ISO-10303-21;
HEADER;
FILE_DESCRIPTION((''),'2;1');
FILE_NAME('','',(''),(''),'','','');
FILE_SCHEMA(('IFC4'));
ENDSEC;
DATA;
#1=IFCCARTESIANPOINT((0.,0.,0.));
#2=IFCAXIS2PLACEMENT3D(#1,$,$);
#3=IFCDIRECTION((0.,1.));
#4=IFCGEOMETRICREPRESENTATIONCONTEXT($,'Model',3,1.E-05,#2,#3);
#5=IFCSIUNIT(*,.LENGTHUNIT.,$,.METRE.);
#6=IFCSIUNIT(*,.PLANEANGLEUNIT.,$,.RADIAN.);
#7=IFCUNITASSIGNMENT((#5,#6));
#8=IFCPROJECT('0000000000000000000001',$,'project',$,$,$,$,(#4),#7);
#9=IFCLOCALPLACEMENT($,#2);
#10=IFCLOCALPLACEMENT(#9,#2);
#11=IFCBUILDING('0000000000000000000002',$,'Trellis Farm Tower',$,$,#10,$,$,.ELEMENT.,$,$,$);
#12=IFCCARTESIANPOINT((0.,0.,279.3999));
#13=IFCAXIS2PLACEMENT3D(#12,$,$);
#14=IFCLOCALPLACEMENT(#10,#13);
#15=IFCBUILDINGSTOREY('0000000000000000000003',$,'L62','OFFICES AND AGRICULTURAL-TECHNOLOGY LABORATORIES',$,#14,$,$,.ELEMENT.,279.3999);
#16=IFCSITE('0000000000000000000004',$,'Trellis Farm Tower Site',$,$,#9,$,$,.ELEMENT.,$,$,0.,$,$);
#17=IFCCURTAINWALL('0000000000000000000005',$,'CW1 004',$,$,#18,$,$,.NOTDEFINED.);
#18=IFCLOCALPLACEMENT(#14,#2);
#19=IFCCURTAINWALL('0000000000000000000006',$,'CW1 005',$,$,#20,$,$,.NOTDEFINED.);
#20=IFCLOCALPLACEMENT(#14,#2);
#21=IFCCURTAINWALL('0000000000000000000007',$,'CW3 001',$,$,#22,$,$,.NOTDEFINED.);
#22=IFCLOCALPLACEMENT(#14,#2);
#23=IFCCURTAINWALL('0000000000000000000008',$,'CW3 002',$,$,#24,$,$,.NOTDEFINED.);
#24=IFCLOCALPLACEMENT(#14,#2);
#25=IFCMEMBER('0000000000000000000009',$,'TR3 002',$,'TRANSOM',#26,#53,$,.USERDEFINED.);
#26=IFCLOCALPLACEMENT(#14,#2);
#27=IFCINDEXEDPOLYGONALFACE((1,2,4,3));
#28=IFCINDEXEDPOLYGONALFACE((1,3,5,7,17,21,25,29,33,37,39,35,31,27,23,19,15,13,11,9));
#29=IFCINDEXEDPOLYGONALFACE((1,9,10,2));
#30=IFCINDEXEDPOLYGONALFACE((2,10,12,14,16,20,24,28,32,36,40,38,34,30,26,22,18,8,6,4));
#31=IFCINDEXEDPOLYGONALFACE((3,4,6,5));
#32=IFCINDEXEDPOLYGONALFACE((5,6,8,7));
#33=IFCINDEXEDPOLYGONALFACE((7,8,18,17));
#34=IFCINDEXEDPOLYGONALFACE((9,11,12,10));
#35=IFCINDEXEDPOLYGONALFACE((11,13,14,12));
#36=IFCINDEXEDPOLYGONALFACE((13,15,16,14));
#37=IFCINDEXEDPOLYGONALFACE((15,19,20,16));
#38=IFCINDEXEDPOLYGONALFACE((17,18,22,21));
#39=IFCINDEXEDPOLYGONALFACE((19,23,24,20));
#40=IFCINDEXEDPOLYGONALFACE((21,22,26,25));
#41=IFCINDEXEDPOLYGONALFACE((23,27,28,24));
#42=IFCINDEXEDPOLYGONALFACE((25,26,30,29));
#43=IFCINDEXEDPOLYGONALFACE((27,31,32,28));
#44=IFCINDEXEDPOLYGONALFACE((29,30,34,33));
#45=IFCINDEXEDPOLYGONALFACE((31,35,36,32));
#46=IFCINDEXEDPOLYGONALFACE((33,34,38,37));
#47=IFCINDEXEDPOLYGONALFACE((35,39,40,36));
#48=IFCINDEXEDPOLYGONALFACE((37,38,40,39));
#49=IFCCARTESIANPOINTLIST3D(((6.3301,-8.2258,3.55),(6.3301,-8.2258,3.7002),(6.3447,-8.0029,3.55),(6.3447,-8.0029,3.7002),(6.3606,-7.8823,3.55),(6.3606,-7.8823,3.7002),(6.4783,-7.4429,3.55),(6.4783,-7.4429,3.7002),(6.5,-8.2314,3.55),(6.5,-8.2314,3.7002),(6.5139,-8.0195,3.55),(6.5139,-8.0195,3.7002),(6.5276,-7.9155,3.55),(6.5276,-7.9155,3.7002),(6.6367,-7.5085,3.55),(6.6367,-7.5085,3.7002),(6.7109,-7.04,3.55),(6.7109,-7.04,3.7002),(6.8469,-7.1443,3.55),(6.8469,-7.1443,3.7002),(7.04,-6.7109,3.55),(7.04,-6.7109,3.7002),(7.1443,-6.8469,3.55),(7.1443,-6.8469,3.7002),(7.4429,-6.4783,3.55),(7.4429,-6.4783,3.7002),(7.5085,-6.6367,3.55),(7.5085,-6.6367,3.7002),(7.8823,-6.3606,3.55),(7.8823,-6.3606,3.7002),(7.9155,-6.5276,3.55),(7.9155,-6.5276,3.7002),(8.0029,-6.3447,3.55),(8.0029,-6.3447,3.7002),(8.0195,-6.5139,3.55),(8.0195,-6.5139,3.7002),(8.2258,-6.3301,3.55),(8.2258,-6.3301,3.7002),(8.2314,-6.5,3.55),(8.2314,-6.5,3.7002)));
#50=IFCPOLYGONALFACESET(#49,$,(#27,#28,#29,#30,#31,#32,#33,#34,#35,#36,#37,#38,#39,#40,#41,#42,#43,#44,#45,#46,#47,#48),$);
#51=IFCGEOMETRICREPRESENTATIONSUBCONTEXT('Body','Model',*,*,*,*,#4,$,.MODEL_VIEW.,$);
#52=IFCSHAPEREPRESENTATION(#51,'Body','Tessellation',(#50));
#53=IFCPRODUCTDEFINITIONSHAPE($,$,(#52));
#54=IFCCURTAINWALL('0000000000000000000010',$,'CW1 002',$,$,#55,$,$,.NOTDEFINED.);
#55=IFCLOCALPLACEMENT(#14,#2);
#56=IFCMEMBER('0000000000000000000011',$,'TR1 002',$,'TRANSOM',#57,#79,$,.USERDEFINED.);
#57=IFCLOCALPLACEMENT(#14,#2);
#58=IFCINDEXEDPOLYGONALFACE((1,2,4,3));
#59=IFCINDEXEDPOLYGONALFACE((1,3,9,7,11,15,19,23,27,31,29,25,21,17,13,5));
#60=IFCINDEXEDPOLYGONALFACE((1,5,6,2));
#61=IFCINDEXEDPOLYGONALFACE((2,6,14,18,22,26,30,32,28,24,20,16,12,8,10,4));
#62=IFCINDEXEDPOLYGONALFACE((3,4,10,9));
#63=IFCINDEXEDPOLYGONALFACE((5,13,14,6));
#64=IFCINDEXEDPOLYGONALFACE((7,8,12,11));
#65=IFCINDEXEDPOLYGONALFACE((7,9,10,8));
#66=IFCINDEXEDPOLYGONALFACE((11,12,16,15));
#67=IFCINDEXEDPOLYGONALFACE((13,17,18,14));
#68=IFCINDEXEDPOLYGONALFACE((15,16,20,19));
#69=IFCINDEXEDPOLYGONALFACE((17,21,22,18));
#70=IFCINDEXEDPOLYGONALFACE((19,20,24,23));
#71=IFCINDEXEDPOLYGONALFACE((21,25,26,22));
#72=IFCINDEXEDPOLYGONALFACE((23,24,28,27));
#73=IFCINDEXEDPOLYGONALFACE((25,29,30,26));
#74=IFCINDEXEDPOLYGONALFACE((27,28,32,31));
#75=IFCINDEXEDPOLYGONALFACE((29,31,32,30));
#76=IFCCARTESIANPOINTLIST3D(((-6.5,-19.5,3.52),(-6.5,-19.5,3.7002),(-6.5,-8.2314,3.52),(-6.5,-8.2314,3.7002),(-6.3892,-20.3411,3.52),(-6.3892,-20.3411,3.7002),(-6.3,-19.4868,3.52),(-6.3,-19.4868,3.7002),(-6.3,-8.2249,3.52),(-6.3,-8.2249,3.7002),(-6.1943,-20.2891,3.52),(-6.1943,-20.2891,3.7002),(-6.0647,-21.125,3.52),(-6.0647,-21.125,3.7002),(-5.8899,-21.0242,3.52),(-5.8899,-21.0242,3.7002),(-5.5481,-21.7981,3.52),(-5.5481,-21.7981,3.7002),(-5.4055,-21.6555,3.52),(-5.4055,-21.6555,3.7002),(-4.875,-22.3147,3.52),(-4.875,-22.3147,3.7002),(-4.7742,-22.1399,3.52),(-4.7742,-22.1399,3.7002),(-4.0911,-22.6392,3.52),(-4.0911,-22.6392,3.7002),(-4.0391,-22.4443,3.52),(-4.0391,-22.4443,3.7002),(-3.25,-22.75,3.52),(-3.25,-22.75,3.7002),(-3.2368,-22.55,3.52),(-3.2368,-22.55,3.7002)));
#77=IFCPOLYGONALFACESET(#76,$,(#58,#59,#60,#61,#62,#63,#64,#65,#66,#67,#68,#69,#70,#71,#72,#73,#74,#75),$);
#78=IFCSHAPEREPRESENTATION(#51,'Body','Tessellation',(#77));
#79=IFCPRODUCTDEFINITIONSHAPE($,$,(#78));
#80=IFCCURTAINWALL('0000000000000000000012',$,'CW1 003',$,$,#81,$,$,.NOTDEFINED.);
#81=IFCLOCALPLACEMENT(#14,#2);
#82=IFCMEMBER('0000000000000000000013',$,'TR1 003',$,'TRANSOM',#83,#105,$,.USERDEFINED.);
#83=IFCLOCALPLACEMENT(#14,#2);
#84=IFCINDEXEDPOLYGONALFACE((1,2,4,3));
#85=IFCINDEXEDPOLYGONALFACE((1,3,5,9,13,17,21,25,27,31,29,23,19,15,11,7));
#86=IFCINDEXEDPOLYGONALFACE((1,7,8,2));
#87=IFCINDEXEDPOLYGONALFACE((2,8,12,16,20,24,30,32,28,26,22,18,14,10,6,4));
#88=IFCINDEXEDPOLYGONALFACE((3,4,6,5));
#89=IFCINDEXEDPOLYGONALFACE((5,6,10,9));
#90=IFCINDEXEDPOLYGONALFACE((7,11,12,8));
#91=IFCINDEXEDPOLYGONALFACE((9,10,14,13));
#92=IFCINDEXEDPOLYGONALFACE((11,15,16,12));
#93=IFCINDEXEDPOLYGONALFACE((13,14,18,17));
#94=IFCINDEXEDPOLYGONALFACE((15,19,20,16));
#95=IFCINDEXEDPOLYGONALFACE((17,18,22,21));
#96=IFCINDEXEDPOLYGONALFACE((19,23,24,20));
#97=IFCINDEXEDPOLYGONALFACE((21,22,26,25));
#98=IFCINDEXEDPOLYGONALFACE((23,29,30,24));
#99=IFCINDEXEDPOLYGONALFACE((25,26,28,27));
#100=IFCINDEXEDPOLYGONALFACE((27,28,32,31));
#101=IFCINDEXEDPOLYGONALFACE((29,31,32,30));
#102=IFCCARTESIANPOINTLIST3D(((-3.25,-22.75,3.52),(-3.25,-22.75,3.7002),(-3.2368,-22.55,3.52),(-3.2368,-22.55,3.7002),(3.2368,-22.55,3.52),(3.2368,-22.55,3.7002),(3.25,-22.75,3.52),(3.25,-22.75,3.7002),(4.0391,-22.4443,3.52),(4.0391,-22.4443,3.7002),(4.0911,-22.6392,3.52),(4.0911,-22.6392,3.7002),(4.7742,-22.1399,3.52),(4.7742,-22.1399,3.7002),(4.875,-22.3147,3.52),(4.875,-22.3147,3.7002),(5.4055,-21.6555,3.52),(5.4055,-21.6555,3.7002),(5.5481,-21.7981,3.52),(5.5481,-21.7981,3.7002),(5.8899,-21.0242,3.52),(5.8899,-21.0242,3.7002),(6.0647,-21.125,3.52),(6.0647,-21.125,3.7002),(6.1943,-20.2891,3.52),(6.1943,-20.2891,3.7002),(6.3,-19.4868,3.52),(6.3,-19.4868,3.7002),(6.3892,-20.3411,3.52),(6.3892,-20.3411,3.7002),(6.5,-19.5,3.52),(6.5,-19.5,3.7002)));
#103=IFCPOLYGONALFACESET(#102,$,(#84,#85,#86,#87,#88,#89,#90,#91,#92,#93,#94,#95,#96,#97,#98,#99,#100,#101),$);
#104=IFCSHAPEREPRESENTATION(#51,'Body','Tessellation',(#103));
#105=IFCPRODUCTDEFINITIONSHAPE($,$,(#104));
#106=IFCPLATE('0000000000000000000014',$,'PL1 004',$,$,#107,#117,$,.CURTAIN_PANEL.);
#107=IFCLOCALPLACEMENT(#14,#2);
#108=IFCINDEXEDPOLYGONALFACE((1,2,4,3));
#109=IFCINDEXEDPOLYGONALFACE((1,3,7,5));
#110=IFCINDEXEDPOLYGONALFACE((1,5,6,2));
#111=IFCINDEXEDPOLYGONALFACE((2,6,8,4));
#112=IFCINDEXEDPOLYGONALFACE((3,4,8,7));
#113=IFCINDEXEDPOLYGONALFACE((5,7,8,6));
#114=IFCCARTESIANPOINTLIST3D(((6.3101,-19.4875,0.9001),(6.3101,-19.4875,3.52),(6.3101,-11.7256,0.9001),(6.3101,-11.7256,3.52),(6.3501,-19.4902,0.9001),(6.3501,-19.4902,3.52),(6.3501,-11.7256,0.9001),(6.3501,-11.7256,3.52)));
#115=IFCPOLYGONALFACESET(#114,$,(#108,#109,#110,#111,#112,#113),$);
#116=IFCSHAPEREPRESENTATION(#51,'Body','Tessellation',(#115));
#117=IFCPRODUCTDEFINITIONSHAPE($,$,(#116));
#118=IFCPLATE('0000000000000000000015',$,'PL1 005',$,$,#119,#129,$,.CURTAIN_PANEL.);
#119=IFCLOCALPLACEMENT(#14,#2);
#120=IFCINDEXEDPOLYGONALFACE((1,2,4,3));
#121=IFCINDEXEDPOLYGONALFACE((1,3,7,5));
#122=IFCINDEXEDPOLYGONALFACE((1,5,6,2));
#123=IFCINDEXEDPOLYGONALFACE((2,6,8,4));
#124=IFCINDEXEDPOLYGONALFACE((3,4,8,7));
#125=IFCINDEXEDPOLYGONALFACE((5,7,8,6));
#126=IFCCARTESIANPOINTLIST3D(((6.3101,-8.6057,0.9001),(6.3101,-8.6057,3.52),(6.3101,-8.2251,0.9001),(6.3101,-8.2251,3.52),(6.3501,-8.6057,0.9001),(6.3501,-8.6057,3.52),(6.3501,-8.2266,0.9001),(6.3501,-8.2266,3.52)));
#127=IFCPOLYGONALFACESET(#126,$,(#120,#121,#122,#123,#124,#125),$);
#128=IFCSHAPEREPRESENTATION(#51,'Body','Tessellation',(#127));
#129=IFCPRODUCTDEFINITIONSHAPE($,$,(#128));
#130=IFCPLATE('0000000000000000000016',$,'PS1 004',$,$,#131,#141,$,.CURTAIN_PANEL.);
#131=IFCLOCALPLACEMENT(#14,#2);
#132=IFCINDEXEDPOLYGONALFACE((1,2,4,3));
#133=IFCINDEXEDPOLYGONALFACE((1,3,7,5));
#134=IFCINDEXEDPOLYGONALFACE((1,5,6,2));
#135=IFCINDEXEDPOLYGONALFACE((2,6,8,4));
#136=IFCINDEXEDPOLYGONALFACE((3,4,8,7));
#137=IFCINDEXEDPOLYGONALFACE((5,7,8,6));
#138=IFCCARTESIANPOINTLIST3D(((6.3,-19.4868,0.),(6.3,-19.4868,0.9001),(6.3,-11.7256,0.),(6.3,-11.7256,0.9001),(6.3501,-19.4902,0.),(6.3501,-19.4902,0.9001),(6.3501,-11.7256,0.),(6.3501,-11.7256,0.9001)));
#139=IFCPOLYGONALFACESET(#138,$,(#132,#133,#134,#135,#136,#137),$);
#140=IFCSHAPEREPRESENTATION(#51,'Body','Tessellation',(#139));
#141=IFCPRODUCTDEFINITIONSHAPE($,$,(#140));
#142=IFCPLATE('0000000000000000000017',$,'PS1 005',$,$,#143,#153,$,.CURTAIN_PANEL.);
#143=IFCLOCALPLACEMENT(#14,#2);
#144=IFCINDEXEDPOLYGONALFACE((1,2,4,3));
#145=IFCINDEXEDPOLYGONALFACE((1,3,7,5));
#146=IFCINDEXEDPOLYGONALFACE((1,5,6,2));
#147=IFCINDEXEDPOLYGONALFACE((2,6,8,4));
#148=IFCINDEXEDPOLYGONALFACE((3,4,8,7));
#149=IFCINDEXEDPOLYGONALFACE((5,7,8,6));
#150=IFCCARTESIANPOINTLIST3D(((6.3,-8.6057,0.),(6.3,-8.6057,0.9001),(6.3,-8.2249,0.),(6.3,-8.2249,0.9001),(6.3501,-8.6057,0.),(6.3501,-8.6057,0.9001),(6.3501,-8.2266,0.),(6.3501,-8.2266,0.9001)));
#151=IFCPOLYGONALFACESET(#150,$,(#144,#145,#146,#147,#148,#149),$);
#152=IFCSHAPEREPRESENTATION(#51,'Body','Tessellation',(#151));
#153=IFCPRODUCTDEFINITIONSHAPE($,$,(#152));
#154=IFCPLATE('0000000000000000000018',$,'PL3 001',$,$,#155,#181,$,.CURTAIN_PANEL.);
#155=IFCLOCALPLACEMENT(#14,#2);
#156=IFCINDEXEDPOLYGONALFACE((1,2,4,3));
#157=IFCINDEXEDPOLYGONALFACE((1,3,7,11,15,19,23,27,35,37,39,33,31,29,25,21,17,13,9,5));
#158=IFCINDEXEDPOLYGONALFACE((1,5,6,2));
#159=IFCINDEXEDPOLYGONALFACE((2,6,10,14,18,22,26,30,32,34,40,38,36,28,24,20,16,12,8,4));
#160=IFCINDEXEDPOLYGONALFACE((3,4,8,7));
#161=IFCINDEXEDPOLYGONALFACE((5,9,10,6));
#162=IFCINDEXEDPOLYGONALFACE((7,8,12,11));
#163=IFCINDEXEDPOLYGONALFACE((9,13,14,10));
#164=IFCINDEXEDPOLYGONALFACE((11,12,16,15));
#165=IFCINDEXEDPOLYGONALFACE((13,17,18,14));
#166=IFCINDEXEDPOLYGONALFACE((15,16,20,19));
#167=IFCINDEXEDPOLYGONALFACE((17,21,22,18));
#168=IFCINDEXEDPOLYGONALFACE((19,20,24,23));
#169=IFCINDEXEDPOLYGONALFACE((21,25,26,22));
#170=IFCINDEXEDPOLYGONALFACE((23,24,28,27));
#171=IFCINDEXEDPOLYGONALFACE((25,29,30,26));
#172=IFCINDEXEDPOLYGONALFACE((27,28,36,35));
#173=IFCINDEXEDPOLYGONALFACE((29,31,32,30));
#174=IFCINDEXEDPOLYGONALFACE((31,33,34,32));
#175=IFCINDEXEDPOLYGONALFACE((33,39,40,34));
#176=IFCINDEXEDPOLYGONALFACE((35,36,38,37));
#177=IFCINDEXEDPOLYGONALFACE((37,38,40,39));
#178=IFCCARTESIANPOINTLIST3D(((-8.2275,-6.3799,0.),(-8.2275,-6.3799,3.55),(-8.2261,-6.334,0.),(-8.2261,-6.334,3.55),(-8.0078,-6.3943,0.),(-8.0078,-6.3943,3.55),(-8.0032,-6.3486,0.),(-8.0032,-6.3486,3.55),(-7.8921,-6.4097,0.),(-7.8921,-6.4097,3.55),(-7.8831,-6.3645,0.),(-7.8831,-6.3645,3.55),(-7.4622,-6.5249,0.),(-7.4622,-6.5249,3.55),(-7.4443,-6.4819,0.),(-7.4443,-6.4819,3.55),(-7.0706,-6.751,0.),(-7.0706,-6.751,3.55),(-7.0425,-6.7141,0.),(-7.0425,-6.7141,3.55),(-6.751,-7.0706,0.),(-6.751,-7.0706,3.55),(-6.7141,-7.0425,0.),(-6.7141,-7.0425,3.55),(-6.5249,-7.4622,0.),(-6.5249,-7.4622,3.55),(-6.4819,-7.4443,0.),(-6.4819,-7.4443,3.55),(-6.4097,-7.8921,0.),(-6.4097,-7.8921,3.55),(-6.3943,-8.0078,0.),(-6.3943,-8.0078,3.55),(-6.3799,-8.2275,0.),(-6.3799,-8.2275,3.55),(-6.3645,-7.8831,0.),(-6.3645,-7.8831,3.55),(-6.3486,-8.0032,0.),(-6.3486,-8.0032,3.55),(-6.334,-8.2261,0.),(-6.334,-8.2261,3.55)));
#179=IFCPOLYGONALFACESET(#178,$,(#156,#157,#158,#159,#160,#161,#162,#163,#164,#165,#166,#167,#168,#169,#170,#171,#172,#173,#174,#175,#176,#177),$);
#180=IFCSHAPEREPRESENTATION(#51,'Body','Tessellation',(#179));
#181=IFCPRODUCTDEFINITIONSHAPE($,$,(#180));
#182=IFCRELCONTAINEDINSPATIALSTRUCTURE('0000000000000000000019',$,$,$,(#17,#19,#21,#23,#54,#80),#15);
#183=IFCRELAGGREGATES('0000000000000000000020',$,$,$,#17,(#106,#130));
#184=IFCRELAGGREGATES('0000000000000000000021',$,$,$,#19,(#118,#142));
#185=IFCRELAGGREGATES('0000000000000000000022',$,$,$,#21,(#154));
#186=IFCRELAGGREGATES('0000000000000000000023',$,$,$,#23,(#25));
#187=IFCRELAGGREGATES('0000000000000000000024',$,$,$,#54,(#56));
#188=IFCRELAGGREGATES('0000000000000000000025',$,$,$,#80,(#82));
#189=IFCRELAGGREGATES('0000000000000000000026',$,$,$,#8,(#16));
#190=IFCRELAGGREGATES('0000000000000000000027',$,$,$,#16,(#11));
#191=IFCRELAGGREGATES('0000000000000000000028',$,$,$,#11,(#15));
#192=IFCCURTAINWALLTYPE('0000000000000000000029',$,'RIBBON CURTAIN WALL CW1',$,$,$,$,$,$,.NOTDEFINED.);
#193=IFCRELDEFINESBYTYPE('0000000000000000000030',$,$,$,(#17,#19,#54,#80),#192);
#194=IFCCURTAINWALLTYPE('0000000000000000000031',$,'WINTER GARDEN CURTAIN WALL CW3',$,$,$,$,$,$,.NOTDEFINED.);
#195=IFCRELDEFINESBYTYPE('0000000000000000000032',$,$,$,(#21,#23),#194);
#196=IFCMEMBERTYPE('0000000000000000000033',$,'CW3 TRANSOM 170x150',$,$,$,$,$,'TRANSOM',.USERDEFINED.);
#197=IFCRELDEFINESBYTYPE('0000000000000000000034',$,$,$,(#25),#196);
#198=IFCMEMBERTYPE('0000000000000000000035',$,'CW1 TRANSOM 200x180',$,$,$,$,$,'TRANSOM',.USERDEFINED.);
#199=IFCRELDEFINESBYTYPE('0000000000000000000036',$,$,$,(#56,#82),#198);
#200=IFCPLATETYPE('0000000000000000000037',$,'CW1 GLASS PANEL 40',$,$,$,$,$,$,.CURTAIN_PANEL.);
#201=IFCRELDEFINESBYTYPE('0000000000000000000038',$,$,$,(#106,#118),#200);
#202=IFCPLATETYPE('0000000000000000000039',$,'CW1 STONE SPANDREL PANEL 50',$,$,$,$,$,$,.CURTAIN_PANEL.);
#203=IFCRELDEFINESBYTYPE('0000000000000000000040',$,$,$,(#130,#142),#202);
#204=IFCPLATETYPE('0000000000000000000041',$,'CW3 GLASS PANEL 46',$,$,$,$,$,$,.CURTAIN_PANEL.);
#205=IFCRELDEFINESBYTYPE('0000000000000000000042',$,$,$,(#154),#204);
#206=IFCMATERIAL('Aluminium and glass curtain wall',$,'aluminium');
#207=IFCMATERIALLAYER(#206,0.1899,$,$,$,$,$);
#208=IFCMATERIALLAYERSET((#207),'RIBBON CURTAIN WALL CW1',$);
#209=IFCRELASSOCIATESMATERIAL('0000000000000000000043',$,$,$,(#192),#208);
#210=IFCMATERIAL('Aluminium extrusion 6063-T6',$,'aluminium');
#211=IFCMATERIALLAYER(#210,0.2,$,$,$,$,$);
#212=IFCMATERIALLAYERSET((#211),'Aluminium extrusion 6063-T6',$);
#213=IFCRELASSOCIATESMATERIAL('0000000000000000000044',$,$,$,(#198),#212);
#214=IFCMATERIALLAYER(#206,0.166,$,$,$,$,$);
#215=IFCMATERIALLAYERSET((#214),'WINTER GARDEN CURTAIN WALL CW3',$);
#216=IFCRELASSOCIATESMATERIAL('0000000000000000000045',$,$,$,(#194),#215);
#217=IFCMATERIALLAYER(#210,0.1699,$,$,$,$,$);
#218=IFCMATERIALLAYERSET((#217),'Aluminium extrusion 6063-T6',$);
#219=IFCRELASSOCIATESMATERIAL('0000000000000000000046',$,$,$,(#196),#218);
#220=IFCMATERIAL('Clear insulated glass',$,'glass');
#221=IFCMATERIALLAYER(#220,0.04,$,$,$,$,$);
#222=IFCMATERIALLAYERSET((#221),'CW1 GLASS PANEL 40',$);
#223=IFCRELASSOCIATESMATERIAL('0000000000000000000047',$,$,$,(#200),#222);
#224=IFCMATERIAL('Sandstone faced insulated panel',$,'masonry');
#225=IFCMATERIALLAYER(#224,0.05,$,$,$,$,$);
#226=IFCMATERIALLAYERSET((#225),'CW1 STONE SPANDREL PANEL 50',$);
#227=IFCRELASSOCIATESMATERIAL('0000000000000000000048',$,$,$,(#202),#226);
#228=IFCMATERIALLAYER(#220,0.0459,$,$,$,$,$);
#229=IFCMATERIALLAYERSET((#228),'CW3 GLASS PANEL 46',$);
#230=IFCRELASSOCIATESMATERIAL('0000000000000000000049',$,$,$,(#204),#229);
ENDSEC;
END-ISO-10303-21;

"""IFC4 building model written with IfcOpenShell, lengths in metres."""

from ifc_helpers import new_model, si_unit, direction, frame, origin, place, context, subcontext, project, spatial, polyline, outline, extrude, source, transform, mapped, material, layer, layer_set, type_object, element, aggregate, save


model = new_model("IFC4")

# Units and contexts
model_context = context("Model", 3, precision=1e-05, world=origin(), true_north=direction((0.0, 1.0)))
body_context = subcontext(model_context, "Body", "Model", "MODEL_VIEW")
ifc_project = project(units=[si_unit("LENGTHUNIT", "METRE"), si_unit("PLANEANGLEUNIT", "RADIAN")], contexts=[model_context])

# Site, building, storey
site_placement = place(None, origin())
site = spatial("IfcSite", under=ifc_project, at=site_placement, Name="Trellis Farm Tower Site", CompositionType="ELEMENT", RefElevation=0.0)
building_placement = place(site_placement, origin())
building = spatial("IfcBuilding", under=site, at=building_placement, Name="Trellis Farm Tower", CompositionType="ELEMENT")
storey_placement = place(building_placement, frame((0.0, 0.0, 279.3999)))
storey = spatial("IfcBuildingStorey", under=building, at=storey_placement, Name="L62", Description="OFFICES AND AGRICULTURAL-TECHNOLOGY LABORATORIES", CompositionType="ELEMENT", Elevation=279.3999)

# Curtain walls
ifc_material_1 = material(Name="Aluminium and glass curtain wall", Category="aluminium")
ifc_layer_1 = layer(ifc_material_1, 0.1899)
ifc_layer_set_1 = layer_set([ifc_layer_1], Name="RIBBON CURTAIN WALL CW1")
curtain_wall_type_1 = type_object("IfcCurtainWallType", Name="RIBBON CURTAIN WALL CW1", PredefinedType="NOTDEFINED", material=ifc_layer_set_1)
placement_1 = place(storey_placement, origin())
curtain_wall_1 = element("IfcCurtainWall", 1, at=placement_1, inside=storey, type_object=curtain_wall_type_1, Name="CW1 004", PredefinedType="NOTDEFINED")
ifc_material_2 = material(Name="Aluminium extrusion 6063-T6", Category="aluminium")
ifc_layer_2 = layer(ifc_material_2, 0.2)
ifc_layer_set_2 = layer_set([ifc_layer_2], Name="Aluminium extrusion 6063-T6")
member_type_1 = type_object("IfcMemberType", Name="CW1 TRANSOM 200x180", ElementType="TRANSOM", PredefinedType="USERDEFINED", material=ifc_layer_set_2)
placement_2 = place(storey_placement, frame((0.0, 0.0, 3.52)))
curtain_wall_2 = element("IfcCurtainWall", 2, at=placement_1, inside=storey, type_object=curtain_wall_type_1, Name="CW1 005", PredefinedType="NOTDEFINED")

# Curtain walls, members
ifc_layer_3 = layer(ifc_material_1, 0.166)
ifc_layer_set_3 = layer_set([ifc_layer_3], Name="WINTER GARDEN CURTAIN WALL CW3")
curtain_wall_type_2 = type_object("IfcCurtainWallType", Name="WINTER GARDEN CURTAIN WALL CW3", PredefinedType="NOTDEFINED", material=ifc_layer_set_3)
curtain_wall_3 = element("IfcCurtainWall", 3, at=placement_1, inside=storey, type_object=curtain_wall_type_2, Name="CW3 001", PredefinedType="NOTDEFINED")
ifc_layer_4 = layer(ifc_material_2, 0.1699)
ifc_layer_set_4 = layer_set([ifc_layer_4], Name="Aluminium extrusion 6063-T6")
member_type_2 = type_object("IfcMemberType", Name="CW3 TRANSOM 170x150", ElementType="TRANSOM", PredefinedType="USERDEFINED", material=ifc_layer_set_4)
placement_3 = place(storey_placement, frame((0.0, 0.0, 3.55)))
curtain_wall_4 = element("IfcCurtainWall", 4, at=placement_1, inside=storey, type_object=curtain_wall_type_2, Name="CW3 002", PredefinedType="NOTDEFINED")
shared_shape_1 = source(origin(), body_context, "Body", "SweptSolid", [
    extrude(outline(polyline([(6.5, -8.2314), (6.5139, -8.0195), (6.5276, -7.9155), (6.6367, -7.5085), (6.8469, -7.1443), (7.1443, -6.8469), (7.5085, -6.6367), (7.9155, -6.5276), (8.0195, -6.5139), (8.2314, -6.5), (8.2258, -6.3301), (8.0029, -6.3447), (7.8823, -6.3606), (7.4429, -6.4783), (7.04, -6.7109), (6.7109, -7.04), (6.4783, -7.4429), (6.3606, -7.8823), (6.3447, -8.0029), (6.3301, -8.2258), (6.5, -8.2314)])), origin(), (0.0, 0.0, 1.0), 0.1501),
])
member_1 = element("IfcMember", 5, at=placement_3, type_object=member_type_2, Name="TR3 002", ObjectType="TRANSOM", PredefinedType="USERDEFINED", context=body_context, shape_type="MappedRepresentation", body=[
    mapped(shared_shape_1, transform((0.0, 0.0, 0.0))),
])
curtain_wall_5 = element("IfcCurtainWall", 6, at=placement_1, inside=storey, type_object=curtain_wall_type_1, Name="CW1 002", PredefinedType="NOTDEFINED")
shared_shape_2 = source(origin(), body_context, "Body", "SweptSolid", [
    extrude(outline(polyline([(-6.5, -8.2314), (-6.5, -19.5), (-6.3892, -20.3411), (-6.0647, -21.125), (-5.5481, -21.7981), (-4.875, -22.3147), (-4.0911, -22.6392), (-3.25, -22.75), (-3.2368, -22.55), (-4.0391, -22.4443), (-4.7742, -22.1399), (-5.4055, -21.6555), (-5.8899, -21.0242), (-6.1943, -20.2891), (-6.3, -19.4868), (-6.3, -8.2249), (-6.5, -8.2314)])), origin(), (0.0, 0.0, 1.0), 0.1802),
])
member_2 = element("IfcMember", 7, at=placement_2, type_object=member_type_1, Name="TR1 002", ObjectType="TRANSOM", PredefinedType="USERDEFINED", context=body_context, shape_type="MappedRepresentation", body=[
    mapped(shared_shape_2, transform((0.0, 0.0, 0.0))),
])
curtain_wall_6 = element("IfcCurtainWall", 8, at=placement_1, inside=storey, type_object=curtain_wall_type_1, Name="CW1 003", PredefinedType="NOTDEFINED")
shared_shape_3 = source(origin(), body_context, "Body", "SweptSolid", [
    extrude(outline(polyline([(-3.25, -22.75), (3.25, -22.75), (4.0911, -22.6392), (4.875, -22.3147), (5.5481, -21.7981), (6.0647, -21.125), (6.3892, -20.3411), (6.5, -19.5), (6.3, -19.4868), (6.1943, -20.2891), (5.8899, -21.0242), (5.4055, -21.6555), (4.7742, -22.1399), (4.0391, -22.4443), (3.2368, -22.55), (-3.2368, -22.55), (-3.25, -22.75)])), origin(), (0.0, 0.0, 1.0), 0.1802),
])
member_3 = element("IfcMember", 9, at=placement_2, type_object=member_type_1, Name="TR1 003", ObjectType="TRANSOM", PredefinedType="USERDEFINED", context=body_context, shape_type="MappedRepresentation", body=[
    mapped(shared_shape_3, transform((0.0, 0.0, 0.0))),
])

# Plates
ifc_material_3 = material(Name="Clear insulated glass", Category="glass")
ifc_layer_5 = layer(ifc_material_3, 0.04)
ifc_layer_set_5 = layer_set([ifc_layer_5], Name="CW1 GLASS PANEL 40")
plate_type_1 = type_object("IfcPlateType", Name="CW1 GLASS PANEL 40", PredefinedType="CURTAIN_PANEL", material=ifc_layer_set_5)
placement_4 = place(storey_placement, frame((0.0, 0.0, 0.9001)))
plate_1 = element("IfcPlate", 10, at=placement_4, type_object=plate_type_1, Name="PL1 004", PredefinedType="CURTAIN_PANEL", context=body_context, shape_type="SweptSolid", body=[
    extrude(outline(polyline([(6.3501, -19.4902), (6.3501, -11.7256), (6.3101, -11.7256), (6.3101, -19.4875), (6.3501, -19.4902)])), origin(), (0.0, 0.0, 1.0), 2.6199),
])
plate_2 = element("IfcPlate", 11, at=placement_4, type_object=plate_type_1, Name="PL1 005", PredefinedType="CURTAIN_PANEL", context=body_context, shape_type="SweptSolid", body=[
    extrude(outline(polyline([(6.3501, -8.6057), (6.3501, -8.2266), (6.3101, -8.2251), (6.3101, -8.6057), (6.3501, -8.6057)])), origin(), (0.0, 0.0, 1.0), 2.6199),
])
ifc_material_4 = material(Name="Sandstone faced insulated panel", Category="masonry")
ifc_layer_6 = layer(ifc_material_4, 0.05)
ifc_layer_set_6 = layer_set([ifc_layer_6], Name="CW1 STONE SPANDREL PANEL 50")
plate_type_2 = type_object("IfcPlateType", Name="CW1 STONE SPANDREL PANEL 50", PredefinedType="CURTAIN_PANEL", material=ifc_layer_set_6)
plate_3 = element("IfcPlate", 12, at=placement_1, type_object=plate_type_2, Name="PS1 004", PredefinedType="CURTAIN_PANEL", context=body_context, shape_type="SweptSolid", body=[
    extrude(outline(polyline([(6.3501, -19.4902), (6.3501, -11.7256), (6.3, -11.7256), (6.3, -19.4868), (6.3501, -19.4902)])), origin(), (0.0, 0.0, 1.0), 0.9001),
])
aggregate(curtain_wall_1, [plate_1, plate_3])
plate_4 = element("IfcPlate", 13, at=placement_1, type_object=plate_type_2, Name="PS1 005", PredefinedType="CURTAIN_PANEL", context=body_context, shape_type="SweptSolid", body=[
    extrude(outline(polyline([(6.3501, -8.6057), (6.3501, -8.2266), (6.3, -8.2249), (6.3, -8.6057), (6.3501, -8.6057)])), origin(), (0.0, 0.0, 1.0), 0.9001),
])
aggregate(curtain_wall_2, [plate_2, plate_4])
ifc_layer_7 = layer(ifc_material_3, 0.0459)
ifc_layer_set_7 = layer_set([ifc_layer_7], Name="CW3 GLASS PANEL 46")
plate_type_3 = type_object("IfcPlateType", Name="CW3 GLASS PANEL 46", PredefinedType="CURTAIN_PANEL", material=ifc_layer_set_7)
shared_shape_4 = source(origin(), body_context, "Body", "SweptSolid", [
    extrude(outline(polyline([(-8.2275, -6.3799), (-8.0078, -6.3943), (-7.8921, -6.4097), (-7.4622, -6.5249), (-7.0706, -6.751), (-6.751, -7.0706), (-6.5249, -7.4622), (-6.4097, -7.8921), (-6.3943, -8.0078), (-6.3799, -8.2275), (-6.334, -8.2261), (-6.3486, -8.0032), (-6.3645, -7.8831), (-6.4819, -7.4443), (-6.7141, -7.0425), (-7.0425, -6.7141), (-7.4443, -6.4819), (-7.8831, -6.3645), (-8.0032, -6.3486), (-8.2261, -6.334), (-8.2275, -6.3799)])), origin(), (0.0, 0.0, 1.0), 3.55),
])
plate_5 = element("IfcPlate", 14, at=placement_1, type_object=plate_type_3, Name="PL3 001", PredefinedType="CURTAIN_PANEL", context=body_context, shape_type="MappedRepresentation", body=[
    mapped(shared_shape_4, transform((0.0, 0.0, 0.0))),
])
aggregate(curtain_wall_3, [plate_5])
aggregate(curtain_wall_4, [member_1])
aggregate(curtain_wall_5, [member_2])
aggregate(curtain_wall_6, [member_3])

save(model, "model.ifc")
